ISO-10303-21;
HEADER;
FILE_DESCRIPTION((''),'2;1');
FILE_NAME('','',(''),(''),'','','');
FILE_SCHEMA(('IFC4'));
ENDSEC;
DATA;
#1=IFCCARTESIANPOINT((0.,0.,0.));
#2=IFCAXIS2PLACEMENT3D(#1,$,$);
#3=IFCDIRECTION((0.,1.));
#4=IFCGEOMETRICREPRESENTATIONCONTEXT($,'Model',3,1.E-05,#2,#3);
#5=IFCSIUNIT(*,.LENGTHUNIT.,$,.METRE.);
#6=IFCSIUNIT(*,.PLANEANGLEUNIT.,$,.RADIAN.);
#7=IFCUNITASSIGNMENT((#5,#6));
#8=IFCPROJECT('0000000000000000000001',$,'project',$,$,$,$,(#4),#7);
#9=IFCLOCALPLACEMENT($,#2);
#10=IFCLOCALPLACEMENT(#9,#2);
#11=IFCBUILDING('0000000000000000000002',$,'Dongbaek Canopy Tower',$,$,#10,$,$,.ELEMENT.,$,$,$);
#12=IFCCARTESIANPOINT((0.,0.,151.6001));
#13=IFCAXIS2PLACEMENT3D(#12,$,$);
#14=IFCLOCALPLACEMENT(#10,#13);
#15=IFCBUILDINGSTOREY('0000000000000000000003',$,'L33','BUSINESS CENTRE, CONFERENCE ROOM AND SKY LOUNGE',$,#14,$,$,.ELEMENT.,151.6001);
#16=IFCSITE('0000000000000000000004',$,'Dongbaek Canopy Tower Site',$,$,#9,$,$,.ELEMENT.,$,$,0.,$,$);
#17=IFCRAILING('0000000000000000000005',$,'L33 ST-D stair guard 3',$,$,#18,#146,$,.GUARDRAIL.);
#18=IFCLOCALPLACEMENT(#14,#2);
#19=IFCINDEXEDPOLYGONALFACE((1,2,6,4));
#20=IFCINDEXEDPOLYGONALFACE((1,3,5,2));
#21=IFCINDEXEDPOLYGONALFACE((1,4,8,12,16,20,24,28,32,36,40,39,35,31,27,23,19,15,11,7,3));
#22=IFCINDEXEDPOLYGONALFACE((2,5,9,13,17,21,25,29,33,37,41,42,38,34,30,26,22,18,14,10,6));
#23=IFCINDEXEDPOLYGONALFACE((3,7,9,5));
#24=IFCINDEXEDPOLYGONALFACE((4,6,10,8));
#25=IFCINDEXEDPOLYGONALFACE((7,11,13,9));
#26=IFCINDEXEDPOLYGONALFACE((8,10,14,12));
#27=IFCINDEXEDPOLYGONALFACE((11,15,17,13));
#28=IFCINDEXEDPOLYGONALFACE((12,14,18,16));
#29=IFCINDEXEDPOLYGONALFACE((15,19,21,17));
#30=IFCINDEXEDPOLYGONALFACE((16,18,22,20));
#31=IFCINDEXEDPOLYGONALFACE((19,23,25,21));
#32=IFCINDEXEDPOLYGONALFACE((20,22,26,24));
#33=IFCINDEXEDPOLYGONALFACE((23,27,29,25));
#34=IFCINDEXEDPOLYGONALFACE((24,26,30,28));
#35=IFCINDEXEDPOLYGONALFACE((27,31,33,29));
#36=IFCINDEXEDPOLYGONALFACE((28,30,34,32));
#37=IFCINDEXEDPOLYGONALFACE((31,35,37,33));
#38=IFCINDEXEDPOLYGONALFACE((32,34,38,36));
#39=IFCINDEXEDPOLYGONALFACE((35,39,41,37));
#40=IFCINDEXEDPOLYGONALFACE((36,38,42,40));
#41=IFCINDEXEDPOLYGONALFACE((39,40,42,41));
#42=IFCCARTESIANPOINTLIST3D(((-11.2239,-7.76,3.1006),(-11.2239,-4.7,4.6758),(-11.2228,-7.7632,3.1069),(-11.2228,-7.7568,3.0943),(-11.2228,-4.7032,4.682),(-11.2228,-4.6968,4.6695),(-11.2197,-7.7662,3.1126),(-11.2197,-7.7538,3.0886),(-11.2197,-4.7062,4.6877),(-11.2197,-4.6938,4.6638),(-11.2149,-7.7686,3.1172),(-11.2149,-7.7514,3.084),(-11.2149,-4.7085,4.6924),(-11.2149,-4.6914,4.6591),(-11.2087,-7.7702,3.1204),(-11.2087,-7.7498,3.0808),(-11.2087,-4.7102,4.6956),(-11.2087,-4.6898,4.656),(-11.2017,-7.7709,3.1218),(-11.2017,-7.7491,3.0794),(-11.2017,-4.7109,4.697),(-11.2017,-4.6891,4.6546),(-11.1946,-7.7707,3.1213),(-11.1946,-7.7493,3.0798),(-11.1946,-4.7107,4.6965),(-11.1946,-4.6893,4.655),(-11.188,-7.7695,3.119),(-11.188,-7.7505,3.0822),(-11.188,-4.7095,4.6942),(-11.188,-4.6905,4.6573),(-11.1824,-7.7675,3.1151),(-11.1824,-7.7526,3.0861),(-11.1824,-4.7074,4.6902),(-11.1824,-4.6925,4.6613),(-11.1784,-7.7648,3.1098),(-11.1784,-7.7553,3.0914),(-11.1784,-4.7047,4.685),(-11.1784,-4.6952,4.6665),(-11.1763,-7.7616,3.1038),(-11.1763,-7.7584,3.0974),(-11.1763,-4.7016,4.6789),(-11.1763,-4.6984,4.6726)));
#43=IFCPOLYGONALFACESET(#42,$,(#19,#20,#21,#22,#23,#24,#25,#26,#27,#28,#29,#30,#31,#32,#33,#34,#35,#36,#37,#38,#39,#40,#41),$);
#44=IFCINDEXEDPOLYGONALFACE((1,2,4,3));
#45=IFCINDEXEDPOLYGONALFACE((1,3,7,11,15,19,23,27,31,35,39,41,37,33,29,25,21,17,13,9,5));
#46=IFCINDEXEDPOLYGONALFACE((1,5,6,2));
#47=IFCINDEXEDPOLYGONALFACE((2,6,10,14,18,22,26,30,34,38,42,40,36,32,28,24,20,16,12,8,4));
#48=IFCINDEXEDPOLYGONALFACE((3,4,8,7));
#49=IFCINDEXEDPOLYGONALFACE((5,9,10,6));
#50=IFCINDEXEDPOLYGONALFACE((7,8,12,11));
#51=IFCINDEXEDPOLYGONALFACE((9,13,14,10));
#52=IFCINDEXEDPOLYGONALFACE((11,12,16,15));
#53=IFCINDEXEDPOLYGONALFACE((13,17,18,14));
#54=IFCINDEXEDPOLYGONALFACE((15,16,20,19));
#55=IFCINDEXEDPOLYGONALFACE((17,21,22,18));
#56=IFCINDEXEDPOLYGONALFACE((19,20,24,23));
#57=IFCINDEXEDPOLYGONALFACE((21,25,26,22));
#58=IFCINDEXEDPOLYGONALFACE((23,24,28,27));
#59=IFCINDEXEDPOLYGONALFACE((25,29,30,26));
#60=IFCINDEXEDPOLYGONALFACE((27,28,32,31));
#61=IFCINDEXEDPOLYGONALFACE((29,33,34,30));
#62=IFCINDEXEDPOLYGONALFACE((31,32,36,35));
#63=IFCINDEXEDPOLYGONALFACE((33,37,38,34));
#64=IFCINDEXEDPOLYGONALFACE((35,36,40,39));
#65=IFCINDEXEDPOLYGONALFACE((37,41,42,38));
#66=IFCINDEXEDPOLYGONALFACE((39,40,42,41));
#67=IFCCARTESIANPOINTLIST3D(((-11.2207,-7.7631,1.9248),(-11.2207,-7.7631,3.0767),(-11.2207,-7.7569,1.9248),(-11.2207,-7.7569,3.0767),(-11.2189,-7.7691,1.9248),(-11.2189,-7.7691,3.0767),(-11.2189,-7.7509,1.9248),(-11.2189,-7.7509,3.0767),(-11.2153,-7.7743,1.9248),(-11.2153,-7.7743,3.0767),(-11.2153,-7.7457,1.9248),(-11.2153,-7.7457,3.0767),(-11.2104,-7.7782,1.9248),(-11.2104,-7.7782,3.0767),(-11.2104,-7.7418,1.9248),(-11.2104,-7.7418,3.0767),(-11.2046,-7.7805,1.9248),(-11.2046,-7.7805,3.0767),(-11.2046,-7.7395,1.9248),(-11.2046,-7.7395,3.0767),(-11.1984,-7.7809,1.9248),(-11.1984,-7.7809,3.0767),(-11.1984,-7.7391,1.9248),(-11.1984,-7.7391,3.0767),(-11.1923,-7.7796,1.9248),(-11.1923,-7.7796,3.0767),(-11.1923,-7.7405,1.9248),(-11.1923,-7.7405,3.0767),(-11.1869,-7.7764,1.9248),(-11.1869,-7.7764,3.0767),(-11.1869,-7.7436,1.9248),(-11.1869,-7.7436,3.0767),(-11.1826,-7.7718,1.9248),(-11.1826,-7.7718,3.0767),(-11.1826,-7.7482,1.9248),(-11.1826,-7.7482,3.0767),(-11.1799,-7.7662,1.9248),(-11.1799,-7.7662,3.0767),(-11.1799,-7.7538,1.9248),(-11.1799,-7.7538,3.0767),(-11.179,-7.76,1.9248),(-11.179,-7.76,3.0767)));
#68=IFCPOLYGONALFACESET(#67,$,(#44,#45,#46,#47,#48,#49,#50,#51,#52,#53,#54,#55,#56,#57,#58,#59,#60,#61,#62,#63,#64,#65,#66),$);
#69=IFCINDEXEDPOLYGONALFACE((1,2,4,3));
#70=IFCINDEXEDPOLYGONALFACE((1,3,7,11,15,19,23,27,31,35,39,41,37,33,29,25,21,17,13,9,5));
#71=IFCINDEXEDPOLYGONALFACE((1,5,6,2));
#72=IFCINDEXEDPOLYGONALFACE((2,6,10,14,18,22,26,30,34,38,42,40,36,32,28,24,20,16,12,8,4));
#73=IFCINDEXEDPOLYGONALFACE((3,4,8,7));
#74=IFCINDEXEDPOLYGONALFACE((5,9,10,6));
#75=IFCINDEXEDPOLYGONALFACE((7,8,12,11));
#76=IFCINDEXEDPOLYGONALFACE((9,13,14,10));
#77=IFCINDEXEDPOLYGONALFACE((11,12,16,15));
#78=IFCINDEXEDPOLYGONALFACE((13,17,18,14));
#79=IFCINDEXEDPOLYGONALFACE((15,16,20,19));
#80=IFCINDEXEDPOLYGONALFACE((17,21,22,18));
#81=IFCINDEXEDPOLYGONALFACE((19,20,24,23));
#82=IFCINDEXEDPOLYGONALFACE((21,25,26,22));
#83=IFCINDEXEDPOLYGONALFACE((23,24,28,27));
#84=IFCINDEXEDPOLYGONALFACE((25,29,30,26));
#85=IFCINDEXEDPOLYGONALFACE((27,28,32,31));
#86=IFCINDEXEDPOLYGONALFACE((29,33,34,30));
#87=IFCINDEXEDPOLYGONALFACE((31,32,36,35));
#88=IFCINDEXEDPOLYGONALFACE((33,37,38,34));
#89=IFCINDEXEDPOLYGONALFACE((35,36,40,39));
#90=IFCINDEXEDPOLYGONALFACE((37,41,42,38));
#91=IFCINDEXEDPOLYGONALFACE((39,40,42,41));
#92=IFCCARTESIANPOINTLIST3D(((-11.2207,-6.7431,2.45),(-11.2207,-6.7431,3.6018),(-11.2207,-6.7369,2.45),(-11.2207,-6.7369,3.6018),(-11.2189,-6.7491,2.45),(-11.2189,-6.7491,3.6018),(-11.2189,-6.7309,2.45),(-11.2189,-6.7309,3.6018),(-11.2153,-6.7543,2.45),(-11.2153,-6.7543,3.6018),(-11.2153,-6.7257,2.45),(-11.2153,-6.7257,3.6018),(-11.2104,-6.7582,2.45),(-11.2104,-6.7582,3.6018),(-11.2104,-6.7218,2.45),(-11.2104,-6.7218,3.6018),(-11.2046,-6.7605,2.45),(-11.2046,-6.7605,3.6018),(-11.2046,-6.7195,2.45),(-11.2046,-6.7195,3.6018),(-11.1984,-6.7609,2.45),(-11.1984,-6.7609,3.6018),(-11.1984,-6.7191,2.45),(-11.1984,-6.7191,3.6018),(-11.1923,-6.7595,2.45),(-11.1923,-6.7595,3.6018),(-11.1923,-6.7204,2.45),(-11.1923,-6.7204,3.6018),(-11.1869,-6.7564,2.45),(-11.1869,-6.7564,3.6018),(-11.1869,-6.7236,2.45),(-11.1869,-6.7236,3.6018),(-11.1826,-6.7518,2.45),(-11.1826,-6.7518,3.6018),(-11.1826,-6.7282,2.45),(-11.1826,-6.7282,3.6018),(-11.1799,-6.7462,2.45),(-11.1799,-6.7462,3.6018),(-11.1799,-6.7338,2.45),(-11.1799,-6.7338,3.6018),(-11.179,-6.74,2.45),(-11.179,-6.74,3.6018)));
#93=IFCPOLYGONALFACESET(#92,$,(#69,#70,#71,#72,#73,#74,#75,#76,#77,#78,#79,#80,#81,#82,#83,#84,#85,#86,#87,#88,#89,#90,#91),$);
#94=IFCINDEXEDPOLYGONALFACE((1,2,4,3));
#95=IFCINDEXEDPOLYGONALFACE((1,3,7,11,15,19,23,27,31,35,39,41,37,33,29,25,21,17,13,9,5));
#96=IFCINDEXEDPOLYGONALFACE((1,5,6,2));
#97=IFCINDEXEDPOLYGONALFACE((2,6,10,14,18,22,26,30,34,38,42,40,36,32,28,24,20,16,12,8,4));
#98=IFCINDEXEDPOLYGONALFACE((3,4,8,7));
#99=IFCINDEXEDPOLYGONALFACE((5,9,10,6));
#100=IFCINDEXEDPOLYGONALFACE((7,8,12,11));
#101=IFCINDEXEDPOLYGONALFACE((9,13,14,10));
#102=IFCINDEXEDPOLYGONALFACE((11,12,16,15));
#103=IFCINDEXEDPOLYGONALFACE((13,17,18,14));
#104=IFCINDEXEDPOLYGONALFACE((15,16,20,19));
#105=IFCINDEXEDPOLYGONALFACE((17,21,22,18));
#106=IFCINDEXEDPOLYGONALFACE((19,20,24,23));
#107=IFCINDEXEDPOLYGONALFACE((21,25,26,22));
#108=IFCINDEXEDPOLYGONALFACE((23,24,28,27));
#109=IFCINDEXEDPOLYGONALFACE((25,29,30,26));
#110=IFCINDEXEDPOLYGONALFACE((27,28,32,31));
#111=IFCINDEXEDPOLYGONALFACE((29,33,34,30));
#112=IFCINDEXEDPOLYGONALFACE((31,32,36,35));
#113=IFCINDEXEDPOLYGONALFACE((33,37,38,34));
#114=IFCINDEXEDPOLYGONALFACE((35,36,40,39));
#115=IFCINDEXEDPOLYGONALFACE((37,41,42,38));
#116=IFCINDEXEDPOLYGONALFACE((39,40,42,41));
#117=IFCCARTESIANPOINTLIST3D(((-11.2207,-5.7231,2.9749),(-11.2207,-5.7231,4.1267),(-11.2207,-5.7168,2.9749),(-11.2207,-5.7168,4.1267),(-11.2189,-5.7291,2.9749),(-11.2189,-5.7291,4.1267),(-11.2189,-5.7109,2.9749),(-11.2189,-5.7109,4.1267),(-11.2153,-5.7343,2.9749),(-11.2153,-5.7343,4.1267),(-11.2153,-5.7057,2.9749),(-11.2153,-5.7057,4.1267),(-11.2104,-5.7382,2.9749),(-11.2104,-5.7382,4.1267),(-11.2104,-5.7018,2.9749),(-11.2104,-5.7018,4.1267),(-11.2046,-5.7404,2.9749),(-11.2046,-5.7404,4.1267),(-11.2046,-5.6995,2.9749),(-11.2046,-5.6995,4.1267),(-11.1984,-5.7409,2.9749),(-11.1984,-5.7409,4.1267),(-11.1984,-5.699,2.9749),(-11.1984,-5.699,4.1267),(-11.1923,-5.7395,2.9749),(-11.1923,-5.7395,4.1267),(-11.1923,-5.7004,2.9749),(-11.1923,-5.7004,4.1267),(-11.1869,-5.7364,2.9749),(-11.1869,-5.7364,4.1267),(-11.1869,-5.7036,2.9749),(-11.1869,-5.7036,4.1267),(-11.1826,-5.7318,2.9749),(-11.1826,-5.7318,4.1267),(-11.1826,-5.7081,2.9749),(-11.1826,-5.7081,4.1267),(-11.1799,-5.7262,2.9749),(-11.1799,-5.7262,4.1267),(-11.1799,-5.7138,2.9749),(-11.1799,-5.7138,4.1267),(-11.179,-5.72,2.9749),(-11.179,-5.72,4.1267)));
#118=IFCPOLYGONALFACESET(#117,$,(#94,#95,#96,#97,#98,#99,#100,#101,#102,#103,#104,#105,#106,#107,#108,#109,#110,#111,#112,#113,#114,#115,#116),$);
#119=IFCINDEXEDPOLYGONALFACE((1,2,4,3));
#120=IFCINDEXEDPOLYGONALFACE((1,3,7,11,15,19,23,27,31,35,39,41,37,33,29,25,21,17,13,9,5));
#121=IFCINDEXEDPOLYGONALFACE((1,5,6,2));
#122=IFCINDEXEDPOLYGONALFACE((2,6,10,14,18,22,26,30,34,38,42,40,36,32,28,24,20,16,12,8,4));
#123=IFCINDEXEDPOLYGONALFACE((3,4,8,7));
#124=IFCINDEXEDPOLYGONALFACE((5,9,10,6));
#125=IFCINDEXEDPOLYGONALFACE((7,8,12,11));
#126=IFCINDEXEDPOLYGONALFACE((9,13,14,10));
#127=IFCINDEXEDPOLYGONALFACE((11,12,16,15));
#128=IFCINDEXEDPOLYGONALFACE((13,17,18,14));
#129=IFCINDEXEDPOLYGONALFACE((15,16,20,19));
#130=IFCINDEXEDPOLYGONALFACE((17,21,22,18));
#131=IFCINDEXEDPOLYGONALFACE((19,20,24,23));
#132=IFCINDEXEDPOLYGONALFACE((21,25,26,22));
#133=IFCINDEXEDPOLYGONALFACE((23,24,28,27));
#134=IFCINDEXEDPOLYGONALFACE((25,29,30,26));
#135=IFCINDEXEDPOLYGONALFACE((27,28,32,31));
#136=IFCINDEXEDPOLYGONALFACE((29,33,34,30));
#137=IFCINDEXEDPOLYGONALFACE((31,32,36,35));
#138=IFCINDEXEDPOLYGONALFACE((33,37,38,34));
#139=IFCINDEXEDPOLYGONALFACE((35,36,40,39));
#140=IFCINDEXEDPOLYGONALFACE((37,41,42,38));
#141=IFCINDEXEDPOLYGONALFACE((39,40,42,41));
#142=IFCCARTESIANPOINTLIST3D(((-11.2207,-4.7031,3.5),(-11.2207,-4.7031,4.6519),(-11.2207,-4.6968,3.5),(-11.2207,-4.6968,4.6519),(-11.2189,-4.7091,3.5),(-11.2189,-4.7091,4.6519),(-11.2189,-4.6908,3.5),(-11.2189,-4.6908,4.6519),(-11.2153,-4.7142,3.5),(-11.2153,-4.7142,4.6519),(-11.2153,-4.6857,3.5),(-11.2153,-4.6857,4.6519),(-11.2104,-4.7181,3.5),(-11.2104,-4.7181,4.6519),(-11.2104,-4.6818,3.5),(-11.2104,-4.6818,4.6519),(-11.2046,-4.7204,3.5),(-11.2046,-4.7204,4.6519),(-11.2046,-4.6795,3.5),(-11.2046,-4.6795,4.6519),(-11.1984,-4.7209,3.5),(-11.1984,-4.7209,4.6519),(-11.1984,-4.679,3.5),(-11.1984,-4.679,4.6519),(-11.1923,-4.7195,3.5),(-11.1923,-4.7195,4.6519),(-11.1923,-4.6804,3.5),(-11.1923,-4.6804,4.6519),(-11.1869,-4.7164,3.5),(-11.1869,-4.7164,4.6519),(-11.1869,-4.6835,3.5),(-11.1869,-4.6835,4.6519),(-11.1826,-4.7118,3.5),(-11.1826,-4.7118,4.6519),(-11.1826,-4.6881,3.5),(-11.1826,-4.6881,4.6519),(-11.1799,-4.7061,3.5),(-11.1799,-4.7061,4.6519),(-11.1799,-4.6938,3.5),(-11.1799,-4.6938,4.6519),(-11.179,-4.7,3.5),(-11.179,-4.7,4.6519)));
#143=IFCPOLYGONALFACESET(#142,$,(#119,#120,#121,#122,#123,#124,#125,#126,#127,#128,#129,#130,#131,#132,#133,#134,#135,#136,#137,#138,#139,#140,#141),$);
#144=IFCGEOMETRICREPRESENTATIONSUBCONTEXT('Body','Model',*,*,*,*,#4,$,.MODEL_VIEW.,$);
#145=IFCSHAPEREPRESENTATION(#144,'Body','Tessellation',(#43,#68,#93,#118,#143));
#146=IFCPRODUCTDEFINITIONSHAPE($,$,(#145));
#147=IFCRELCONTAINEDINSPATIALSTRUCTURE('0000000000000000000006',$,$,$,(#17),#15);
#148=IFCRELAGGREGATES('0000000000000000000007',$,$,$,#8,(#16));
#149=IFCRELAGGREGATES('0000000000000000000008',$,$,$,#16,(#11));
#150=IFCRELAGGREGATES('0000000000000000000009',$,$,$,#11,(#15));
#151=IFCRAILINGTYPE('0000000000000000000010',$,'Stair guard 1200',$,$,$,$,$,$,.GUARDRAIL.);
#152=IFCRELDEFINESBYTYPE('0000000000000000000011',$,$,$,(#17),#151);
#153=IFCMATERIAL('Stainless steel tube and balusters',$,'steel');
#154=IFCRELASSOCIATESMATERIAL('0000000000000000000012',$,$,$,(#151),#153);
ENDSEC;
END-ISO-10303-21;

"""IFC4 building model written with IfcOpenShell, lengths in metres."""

from ifc_helpers import new_model, si_unit, direction, frame, origin, origin_2d, place, context, subcontext, project, spatial, circle, extrude, material, type_object, element, save


model = new_model("IFC4")

# Units and contexts
model_context = context("Model", 3, precision=1e-05, world=origin(), true_north=direction((0.0, 1.0)))
body_context = subcontext(model_context, "Body", "Model", "MODEL_VIEW")
ifc_project = project(units=[si_unit("LENGTHUNIT", "METRE"), si_unit("PLANEANGLEUNIT", "RADIAN")], contexts=[model_context])

# Site, building, storey
site_placement = place(None, origin())
site = spatial("IfcSite", under=ifc_project, at=site_placement, Name="Dongbaek Canopy Tower Site", CompositionType="ELEMENT", RefElevation=0.0)
building_placement = place(site_placement, origin())
building = spatial("IfcBuilding", under=site, at=building_placement, Name="Dongbaek Canopy Tower", CompositionType="ELEMENT")
storey_placement = place(building_placement, frame((0.0, 0.0, 151.6001)))
storey = spatial("IfcBuildingStorey", under=building, at=storey_placement, Name="L33", Description="BUSINESS CENTRE, CONFERENCE ROOM AND SKY LOUNGE", CompositionType="ELEMENT", Elevation=151.6001)

# Railing
ifc_material_1 = material(Name="Stainless steel tube and balusters", Category="steel")
railing_type_1 = type_object("IfcRailingType", Name="Stair guard 1200", PredefinedType="GUARDRAIL", material=ifc_material_1)
railing_1_placement = place(storey_placement, frame((-11.2, -7.76, 1.9248)))
element("IfcRailing", 1, at=railing_1_placement, inside=storey, type_object=railing_type_1, Name="L33 ST-D stair guard 3", PredefinedType="GUARDRAIL", context=body_context, shape_type="SweptSolid", body=[
    extrude(circle(Radius=0.0239, at=origin_2d()), frame((0.0, 0.0, 1.1758), z_axis=(0.0, 0.889116, 0.457681), x_axis=(-1.0, 0.0, 0.0)), (0.0, 0.0, 1.0), 3.4417),
    extrude(circle(Radius=0.021, at=origin_2d()), origin(), (0.0, 0.0, 1.0), 1.1519),
    extrude(circle(Radius=0.021, at=origin_2d()), frame((0.0, 1.02, 0.5251)), (0.0, 0.0, 1.0), 1.1519),
    extrude(circle(Radius=0.021, at=origin_2d()), frame((0.0, 2.04, 1.05)), (0.0, 0.0, 1.0), 1.1519),
    extrude(circle(Radius=0.021, at=origin_2d()), frame((0.0, 3.0601, 1.5752)), (0.0, 0.0, 1.0), 1.1519),
])

save(model, "model.ifc")
